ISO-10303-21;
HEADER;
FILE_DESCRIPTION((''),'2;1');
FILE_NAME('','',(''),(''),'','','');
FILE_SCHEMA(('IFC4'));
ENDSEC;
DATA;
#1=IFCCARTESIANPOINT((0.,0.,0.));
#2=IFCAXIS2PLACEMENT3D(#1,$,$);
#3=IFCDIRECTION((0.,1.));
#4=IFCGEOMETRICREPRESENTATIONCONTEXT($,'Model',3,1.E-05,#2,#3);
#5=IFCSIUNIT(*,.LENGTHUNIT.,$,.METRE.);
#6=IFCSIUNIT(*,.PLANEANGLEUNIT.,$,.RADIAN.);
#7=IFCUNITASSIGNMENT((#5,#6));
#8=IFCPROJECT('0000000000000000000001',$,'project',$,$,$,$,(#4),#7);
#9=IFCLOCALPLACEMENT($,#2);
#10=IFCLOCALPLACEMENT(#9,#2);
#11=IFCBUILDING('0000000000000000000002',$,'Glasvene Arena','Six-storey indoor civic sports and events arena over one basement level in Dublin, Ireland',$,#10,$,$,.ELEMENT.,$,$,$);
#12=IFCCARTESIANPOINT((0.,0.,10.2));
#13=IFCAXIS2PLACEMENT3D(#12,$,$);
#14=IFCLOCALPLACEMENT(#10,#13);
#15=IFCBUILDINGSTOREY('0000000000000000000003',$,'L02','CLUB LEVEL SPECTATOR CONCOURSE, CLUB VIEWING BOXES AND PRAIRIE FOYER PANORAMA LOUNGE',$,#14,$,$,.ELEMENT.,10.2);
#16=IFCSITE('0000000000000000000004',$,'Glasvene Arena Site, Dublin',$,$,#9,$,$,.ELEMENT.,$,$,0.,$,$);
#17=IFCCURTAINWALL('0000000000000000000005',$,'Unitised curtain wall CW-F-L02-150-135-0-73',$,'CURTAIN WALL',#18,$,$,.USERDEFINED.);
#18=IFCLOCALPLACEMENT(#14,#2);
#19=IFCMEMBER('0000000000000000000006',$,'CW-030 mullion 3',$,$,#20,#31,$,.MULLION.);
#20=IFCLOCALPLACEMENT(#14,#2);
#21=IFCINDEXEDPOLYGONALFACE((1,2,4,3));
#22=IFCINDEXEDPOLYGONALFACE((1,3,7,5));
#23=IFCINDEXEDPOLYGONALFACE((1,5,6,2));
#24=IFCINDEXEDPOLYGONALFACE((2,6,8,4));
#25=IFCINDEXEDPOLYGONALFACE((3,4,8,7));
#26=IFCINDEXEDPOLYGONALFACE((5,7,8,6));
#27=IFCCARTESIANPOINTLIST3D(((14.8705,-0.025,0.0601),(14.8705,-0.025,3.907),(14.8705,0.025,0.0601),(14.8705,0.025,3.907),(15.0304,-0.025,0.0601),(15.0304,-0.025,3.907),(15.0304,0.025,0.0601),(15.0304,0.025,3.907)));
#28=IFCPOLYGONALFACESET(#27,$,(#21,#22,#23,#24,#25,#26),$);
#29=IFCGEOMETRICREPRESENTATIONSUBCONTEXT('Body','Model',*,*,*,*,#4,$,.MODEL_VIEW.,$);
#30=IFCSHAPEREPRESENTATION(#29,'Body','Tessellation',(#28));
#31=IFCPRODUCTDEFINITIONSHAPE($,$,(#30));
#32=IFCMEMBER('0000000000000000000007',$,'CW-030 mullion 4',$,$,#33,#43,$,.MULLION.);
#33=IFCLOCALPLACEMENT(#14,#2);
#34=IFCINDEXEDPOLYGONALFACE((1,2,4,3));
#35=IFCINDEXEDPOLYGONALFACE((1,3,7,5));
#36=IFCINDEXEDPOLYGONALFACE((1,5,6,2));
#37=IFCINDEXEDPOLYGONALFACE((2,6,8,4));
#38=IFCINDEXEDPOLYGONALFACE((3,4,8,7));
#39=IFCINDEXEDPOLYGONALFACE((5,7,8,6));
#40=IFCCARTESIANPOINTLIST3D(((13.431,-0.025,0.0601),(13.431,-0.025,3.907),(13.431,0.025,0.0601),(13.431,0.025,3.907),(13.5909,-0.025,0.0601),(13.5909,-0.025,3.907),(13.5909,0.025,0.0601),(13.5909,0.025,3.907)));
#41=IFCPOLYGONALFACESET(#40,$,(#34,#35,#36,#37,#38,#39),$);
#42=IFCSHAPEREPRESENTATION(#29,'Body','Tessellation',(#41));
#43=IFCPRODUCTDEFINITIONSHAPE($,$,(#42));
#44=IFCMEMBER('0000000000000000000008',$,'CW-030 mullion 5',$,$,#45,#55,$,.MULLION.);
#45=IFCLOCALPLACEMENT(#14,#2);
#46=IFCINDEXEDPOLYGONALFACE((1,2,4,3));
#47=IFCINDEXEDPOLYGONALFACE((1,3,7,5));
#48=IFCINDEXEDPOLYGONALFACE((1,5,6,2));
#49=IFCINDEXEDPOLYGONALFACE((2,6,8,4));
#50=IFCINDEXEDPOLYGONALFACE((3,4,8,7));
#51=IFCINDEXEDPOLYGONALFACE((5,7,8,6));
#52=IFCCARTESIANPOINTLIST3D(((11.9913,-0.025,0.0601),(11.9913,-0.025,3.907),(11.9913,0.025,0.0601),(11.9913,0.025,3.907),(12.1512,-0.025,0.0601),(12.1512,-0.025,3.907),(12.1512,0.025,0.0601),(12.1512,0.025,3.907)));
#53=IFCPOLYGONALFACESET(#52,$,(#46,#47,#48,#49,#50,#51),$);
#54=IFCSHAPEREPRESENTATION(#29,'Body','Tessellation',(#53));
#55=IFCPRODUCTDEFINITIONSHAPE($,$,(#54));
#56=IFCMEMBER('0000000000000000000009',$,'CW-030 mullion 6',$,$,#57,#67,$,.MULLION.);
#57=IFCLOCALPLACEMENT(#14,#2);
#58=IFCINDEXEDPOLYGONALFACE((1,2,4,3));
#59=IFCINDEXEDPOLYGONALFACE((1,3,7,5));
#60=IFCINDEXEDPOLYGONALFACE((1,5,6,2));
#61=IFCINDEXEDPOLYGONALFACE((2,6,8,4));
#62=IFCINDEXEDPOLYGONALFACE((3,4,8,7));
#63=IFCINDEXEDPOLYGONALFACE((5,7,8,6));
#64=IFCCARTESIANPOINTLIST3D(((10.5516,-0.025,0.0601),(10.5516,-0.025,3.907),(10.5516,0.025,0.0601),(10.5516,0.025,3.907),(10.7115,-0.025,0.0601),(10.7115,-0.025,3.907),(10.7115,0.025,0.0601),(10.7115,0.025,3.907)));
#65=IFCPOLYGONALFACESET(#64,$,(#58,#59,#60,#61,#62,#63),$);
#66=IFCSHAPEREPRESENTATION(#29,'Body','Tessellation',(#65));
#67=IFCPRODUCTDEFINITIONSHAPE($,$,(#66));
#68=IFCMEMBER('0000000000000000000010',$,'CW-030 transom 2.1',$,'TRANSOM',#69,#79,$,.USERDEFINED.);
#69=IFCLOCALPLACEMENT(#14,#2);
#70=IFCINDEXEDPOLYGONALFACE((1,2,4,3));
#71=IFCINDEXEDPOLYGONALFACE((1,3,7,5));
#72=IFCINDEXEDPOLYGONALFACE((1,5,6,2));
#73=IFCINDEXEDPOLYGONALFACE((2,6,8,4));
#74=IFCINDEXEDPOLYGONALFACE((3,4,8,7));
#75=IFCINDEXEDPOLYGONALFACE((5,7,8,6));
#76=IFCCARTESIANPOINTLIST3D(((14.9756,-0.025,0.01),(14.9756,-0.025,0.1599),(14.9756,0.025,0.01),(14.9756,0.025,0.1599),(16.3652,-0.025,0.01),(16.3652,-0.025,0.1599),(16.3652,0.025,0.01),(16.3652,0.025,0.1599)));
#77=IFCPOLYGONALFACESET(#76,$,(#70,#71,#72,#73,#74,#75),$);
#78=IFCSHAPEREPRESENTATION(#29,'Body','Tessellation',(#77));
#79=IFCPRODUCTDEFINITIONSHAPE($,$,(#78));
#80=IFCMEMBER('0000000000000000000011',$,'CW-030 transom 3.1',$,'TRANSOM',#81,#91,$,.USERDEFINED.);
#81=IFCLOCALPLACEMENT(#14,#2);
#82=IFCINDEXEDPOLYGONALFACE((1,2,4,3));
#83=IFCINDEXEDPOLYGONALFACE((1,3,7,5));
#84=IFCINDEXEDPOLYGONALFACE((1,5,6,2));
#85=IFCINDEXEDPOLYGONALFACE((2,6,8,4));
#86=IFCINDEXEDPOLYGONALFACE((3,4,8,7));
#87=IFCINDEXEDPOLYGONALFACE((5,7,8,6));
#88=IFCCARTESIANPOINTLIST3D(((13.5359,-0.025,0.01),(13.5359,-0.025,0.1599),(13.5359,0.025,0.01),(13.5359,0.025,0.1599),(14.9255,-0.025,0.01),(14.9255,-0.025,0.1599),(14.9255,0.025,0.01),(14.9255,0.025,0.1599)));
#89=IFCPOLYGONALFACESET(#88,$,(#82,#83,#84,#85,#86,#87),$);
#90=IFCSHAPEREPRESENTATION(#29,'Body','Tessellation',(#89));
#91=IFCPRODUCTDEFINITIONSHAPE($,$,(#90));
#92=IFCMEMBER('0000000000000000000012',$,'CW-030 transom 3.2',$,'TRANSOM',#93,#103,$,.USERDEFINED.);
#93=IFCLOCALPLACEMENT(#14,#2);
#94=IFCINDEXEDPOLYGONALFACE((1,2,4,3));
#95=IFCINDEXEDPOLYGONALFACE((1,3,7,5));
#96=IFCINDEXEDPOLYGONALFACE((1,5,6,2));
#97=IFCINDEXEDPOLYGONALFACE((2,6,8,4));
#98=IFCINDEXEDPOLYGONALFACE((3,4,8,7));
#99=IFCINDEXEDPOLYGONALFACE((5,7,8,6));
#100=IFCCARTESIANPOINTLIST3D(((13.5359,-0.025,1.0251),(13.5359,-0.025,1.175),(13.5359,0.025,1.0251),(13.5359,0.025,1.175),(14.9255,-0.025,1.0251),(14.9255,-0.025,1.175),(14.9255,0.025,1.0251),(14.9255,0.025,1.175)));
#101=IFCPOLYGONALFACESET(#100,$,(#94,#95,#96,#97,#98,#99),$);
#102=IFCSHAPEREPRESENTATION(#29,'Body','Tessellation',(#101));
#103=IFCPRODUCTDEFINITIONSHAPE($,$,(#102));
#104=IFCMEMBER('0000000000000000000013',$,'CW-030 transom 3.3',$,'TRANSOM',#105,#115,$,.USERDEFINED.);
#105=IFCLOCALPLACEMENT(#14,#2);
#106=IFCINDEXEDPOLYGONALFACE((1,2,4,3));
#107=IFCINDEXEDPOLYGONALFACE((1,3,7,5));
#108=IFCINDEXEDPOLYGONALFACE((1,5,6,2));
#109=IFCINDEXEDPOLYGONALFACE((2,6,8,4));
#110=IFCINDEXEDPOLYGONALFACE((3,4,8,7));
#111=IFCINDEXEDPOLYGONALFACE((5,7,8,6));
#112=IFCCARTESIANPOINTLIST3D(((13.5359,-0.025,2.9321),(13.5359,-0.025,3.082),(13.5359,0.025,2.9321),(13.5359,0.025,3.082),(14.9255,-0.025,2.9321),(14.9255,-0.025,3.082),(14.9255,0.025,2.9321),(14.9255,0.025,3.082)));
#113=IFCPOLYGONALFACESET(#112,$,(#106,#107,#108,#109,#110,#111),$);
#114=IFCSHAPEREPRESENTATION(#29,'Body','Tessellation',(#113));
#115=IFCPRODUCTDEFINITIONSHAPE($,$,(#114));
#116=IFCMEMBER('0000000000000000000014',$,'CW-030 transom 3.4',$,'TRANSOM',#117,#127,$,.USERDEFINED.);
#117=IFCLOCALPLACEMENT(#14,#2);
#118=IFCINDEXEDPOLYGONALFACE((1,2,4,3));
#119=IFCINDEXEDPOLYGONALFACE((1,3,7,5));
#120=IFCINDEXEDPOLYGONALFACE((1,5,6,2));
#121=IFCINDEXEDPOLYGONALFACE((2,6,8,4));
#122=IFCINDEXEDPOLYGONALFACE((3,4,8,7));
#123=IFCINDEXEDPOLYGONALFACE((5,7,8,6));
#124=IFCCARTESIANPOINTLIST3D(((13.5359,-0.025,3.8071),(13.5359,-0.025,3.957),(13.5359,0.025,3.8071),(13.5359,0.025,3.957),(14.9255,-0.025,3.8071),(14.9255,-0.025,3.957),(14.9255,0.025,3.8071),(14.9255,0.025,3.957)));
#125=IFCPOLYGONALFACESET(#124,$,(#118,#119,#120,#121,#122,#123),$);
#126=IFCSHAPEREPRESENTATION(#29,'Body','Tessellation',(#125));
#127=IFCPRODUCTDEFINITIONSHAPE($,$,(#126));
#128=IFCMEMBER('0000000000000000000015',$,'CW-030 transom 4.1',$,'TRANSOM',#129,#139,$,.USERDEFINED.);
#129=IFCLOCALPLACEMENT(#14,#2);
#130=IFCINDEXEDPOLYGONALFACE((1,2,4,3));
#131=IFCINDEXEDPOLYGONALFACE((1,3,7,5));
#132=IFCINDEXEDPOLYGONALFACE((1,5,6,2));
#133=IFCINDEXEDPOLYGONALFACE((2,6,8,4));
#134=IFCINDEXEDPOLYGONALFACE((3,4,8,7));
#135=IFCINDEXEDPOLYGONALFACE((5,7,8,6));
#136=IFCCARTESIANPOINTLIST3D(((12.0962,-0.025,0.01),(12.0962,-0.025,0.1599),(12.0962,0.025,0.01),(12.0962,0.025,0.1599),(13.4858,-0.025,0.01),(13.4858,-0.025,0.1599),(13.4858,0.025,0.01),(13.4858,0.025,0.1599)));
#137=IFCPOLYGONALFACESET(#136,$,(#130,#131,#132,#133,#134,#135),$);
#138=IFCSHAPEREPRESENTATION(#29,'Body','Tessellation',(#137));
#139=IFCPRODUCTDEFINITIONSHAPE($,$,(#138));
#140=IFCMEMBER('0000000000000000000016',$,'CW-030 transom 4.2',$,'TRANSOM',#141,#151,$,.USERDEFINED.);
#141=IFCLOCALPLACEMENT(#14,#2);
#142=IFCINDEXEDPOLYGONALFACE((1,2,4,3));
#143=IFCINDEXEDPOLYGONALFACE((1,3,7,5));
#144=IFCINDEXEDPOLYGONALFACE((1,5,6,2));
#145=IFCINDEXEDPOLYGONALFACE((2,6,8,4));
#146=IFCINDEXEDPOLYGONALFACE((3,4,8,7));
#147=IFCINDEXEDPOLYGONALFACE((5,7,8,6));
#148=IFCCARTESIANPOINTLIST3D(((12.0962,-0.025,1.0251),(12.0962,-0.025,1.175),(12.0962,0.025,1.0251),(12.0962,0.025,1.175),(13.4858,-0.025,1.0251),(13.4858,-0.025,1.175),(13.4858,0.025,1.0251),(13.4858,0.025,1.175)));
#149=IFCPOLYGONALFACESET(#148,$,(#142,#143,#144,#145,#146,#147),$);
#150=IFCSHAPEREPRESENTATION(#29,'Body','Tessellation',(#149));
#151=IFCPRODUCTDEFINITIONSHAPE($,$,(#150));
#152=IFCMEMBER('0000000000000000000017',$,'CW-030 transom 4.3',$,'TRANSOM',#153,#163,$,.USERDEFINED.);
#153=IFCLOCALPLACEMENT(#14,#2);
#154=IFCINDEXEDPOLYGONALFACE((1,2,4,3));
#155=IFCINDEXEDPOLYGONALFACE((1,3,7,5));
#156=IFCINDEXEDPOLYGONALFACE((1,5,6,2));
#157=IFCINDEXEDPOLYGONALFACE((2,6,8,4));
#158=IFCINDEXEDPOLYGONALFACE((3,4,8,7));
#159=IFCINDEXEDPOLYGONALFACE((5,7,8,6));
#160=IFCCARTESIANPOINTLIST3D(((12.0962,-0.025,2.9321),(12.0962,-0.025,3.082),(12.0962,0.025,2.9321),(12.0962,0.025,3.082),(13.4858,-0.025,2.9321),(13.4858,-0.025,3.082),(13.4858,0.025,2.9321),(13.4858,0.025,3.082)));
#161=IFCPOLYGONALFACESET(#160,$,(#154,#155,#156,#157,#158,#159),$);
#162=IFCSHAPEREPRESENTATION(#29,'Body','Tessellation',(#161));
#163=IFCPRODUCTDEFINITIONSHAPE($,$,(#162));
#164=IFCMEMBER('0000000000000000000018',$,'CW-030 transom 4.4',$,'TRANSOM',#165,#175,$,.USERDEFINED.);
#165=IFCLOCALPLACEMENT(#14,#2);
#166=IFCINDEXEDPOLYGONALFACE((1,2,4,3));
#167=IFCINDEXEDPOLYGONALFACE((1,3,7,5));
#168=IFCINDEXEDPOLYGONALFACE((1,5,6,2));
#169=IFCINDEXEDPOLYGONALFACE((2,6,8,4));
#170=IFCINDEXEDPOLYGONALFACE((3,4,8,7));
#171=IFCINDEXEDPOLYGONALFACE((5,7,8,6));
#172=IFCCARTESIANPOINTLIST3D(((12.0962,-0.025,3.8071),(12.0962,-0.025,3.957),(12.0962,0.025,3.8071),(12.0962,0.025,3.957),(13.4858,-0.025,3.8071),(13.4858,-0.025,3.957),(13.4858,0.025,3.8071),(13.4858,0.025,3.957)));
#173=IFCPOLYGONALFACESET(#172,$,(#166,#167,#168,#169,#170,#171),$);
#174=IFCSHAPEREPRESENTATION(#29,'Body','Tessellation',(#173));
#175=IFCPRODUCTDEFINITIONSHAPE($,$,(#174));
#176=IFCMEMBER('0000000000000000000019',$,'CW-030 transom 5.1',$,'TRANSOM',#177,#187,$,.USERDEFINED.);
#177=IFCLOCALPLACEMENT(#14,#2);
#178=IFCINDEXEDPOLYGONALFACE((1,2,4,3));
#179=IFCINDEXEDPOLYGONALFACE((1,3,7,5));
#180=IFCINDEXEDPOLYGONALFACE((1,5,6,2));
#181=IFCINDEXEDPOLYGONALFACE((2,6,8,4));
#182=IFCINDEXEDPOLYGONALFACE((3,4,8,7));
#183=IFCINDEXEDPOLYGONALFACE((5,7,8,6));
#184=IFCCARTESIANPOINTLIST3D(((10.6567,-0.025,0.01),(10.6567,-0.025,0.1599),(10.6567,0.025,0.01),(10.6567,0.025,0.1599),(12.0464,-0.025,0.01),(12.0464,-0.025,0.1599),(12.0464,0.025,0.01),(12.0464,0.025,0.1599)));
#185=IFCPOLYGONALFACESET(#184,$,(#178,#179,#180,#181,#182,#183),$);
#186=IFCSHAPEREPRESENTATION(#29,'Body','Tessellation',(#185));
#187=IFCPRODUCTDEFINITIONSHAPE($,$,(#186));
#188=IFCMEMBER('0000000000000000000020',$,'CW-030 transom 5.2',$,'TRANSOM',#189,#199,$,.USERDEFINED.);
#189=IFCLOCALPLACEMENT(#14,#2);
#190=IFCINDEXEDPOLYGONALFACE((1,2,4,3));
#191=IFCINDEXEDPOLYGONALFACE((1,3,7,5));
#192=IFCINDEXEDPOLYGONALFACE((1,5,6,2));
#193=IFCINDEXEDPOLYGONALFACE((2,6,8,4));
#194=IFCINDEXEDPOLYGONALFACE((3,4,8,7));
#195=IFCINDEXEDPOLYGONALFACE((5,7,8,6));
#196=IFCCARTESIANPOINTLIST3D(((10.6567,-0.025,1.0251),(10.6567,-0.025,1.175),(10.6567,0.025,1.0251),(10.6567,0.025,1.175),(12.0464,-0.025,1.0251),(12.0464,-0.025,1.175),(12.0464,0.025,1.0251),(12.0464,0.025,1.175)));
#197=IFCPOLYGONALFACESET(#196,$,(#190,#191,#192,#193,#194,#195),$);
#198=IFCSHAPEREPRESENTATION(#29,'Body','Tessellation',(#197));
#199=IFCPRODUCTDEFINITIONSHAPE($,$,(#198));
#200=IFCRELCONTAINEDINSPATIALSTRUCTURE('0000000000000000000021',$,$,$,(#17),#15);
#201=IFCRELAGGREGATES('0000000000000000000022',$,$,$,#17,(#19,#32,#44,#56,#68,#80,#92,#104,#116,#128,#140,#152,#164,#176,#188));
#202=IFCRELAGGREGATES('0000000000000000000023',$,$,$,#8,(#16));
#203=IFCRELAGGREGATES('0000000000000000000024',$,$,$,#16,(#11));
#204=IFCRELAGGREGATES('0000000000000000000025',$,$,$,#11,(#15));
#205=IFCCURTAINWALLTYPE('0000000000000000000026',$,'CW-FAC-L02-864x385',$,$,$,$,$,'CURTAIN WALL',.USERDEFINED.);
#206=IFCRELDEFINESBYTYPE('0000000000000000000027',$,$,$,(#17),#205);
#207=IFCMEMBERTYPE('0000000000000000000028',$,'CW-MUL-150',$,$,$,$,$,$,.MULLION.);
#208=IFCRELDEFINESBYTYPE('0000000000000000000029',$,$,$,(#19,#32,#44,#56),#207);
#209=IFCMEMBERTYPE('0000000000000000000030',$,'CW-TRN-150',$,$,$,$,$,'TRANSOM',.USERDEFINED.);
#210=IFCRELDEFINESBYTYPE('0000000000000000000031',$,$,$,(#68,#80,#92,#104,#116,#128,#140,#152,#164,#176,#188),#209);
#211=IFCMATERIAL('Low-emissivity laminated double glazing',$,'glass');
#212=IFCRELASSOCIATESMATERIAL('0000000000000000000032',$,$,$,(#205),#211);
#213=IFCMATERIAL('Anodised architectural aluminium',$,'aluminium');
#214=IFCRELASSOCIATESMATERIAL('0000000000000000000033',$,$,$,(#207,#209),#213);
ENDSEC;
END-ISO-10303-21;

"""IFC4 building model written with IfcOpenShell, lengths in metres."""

from ifc_helpers import new_model, si_unit, direction, frame, origin, origin_2d, place, context, subcontext, project, spatial, rectangle, extrude, material, material_profile, profile_set, type_object, element, aggregate, save


model = new_model("IFC4")

# Units and contexts
model_context = context("Model", 3, precision=1e-05, world=origin(), true_north=direction((0.0, 1.0)))
body_context = subcontext(model_context, "Body", "Model", "MODEL_VIEW")
ifc_project = project(units=[si_unit("LENGTHUNIT", "METRE"), si_unit("PLANEANGLEUNIT", "RADIAN")], contexts=[model_context])

# Site, building, storey
site_placement = place(None, origin())
site = spatial("IfcSite", under=ifc_project, at=site_placement, Name="Glasvene Arena Site, Dublin", CompositionType="ELEMENT", RefElevation=0.0)
building_placement = place(site_placement, origin())
building = spatial("IfcBuilding", under=site, at=building_placement, Name="Glasvene Arena", Description="Six-storey indoor civic sports and events arena over one basement level in Dublin, Ireland", CompositionType="ELEMENT")
storey_placement = place(building_placement, frame((0.0, 0.0, 10.2)))
storey = spatial("IfcBuildingStorey", under=building, at=storey_placement, Name="L02", Description="CLUB LEVEL SPECTATOR CONCOURSE, CLUB VIEWING BOXES AND PRAIRIE FOYER PANORAMA LOUNGE", CompositionType="ELEMENT", Elevation=10.2)

# Curtain wall, members
ifc_material_1 = material(Name="Low-emissivity laminated double glazing", Category="glass")
curtain_wall_type = type_object("IfcCurtainWallType", Name="CW-FAC-L02-864x385", ElementType="CURTAIN WALL", PredefinedType="USERDEFINED", material=ifc_material_1)
curtain_wall_placement = place(storey_placement, frame((17.8298, 0.0, 0.0)))
curtain_wall = element("IfcCurtainWall", 1, at=curtain_wall_placement, inside=storey, type_object=curtain_wall_type, Name="Unitised curtain wall CW-F-L02-150-135-0-73", ObjectType="CURTAIN WALL", PredefinedType="USERDEFINED")
ifc_material_2 = material(Name="Anodised architectural aluminium", Category="aluminium")
ifc_material_profile_1 = material_profile(ifc_material_2, rectangle(XDim=0.05, YDim=0.1599, at=origin_2d()), Name="ALU MULLION 50x160")
ifc_profile_set_1 = profile_set([ifc_material_profile_1], Name="Anodised architectural aluminium")
member_type_1 = type_object("IfcMemberType", Name="CW-MUL-150", PredefinedType="MULLION", material=ifc_profile_set_1)
member_1_placement = place(storey_placement, frame((14.9504, 0.0, 0.0601), z_axis=(0.0, 0.0, 1.0), x_axis=(0.0, -1.0, 0.0)))
member_1 = element("IfcMember", 2, at=member_1_placement, type_object=member_type_1, Name="CW-030 mullion 3", PredefinedType="MULLION", context=body_context, shape_type="SweptSolid", body=[
    extrude(rectangle(XDim=0.05, YDim=0.1599, at=origin_2d()), origin(), (0.0, 0.0, 1.0), 3.8469),
])
member_2_placement = place(storey_placement, frame((13.511, 0.0, 0.0601), z_axis=(0.0, 0.0, 1.0), x_axis=(0.0, -1.0, 0.0)))
member_2 = element("IfcMember", 3, at=member_2_placement, type_object=member_type_1, Name="CW-030 mullion 4", PredefinedType="MULLION", context=body_context, shape_type="SweptSolid", body=[
    extrude(rectangle(XDim=0.05, YDim=0.1599, at=origin_2d()), origin(), (0.0, 0.0, 1.0), 3.8469),
])
member_3_placement = place(storey_placement, frame((12.0713, 0.0, 0.0601), z_axis=(0.0, 0.0, 1.0), x_axis=(0.0, -1.0, 0.0)))
member_3 = element("IfcMember", 4, at=member_3_placement, type_object=member_type_1, Name="CW-030 mullion 5", PredefinedType="MULLION", context=body_context, shape_type="SweptSolid", body=[
    extrude(rectangle(XDim=0.05, YDim=0.1599, at=origin_2d()), origin(), (0.0, 0.0, 1.0), 3.8469),
])
member_4_placement = place(storey_placement, frame((10.6316, 0.0, 0.0601), z_axis=(0.0, 0.0, 1.0), x_axis=(0.0, -1.0, 0.0)))
member_4 = element("IfcMember", 5, at=member_4_placement, type_object=member_type_1, Name="CW-030 mullion 6", PredefinedType="MULLION", context=body_context, shape_type="SweptSolid", body=[
    extrude(rectangle(XDim=0.05, YDim=0.1599, at=origin_2d()), origin(), (0.0, 0.0, 1.0), 3.8469),
])
ifc_material_profile_2 = material_profile(ifc_material_2, rectangle(XDim=0.05, YDim=0.1499, at=origin_2d()), Name="ALU TRANSOM 50x150")
ifc_profile_set_2 = profile_set([ifc_material_profile_2], Name="Anodised architectural aluminium")
member_type_2 = type_object("IfcMemberType", Name="CW-TRN-150", ElementType="TRANSOM", PredefinedType="USERDEFINED", material=ifc_profile_set_2)
member_5_placement = place(storey_placement, frame((16.3652, 0.0, 0.085), z_axis=(-1.0, 0.0, 0.0), x_axis=(0.0, -1.0, 0.0)))
member_5 = element("IfcMember", 6, at=member_5_placement, type_object=member_type_2, Name="CW-030 transom 2.1", ObjectType="TRANSOM", PredefinedType="USERDEFINED", context=body_context, shape_type="SweptSolid", body=[
    extrude(rectangle(XDim=0.05, YDim=0.1499, at=origin_2d()), origin(), (0.0, 0.0, 1.0), 1.3896),
])
member_6_placement = place(storey_placement, frame((14.9255, 0.0, 0.085), z_axis=(-1.0, 0.0, 0.0), x_axis=(0.0, -1.0, 0.0)))
member_6 = element("IfcMember", 7, at=member_6_placement, type_object=member_type_2, Name="CW-030 transom 3.1", ObjectType="TRANSOM", PredefinedType="USERDEFINED", context=body_context, shape_type="SweptSolid", body=[
    extrude(rectangle(XDim=0.05, YDim=0.1499, at=origin_2d()), origin(), (0.0, 0.0, 1.0), 1.3896),
])
member_7_placement = place(storey_placement, frame((14.9255, 0.0, 1.1001), z_axis=(-1.0, 0.0, 0.0), x_axis=(0.0, -1.0, 0.0)))
member_7 = element("IfcMember", 8, at=member_7_placement, type_object=member_type_2, Name="CW-030 transom 3.2", ObjectType="TRANSOM", PredefinedType="USERDEFINED", context=body_context, shape_type="SweptSolid", body=[
    extrude(rectangle(XDim=0.05, YDim=0.1499, at=origin_2d()), origin(), (0.0, 0.0, 1.0), 1.3896),
])
member_8_placement = place(storey_placement, frame((14.9255, 0.0, 3.0071), z_axis=(-1.0, 0.0, 0.0), x_axis=(0.0, -1.0, 0.0)))
member_8 = element("IfcMember", 9, at=member_8_placement, type_object=member_type_2, Name="CW-030 transom 3.3", ObjectType="TRANSOM", PredefinedType="USERDEFINED", context=body_context, shape_type="SweptSolid", body=[
    extrude(rectangle(XDim=0.05, YDim=0.1499, at=origin_2d()), origin(), (0.0, 0.0, 1.0), 1.3896),
])
member_9_placement = place(storey_placement, frame((14.9255, 0.0, 3.8821), z_axis=(-1.0, 0.0, 0.0), x_axis=(0.0, -1.0, 0.0)))
member_9 = element("IfcMember", 10, at=member_9_placement, type_object=member_type_2, Name="CW-030 transom 3.4", ObjectType="TRANSOM", PredefinedType="USERDEFINED", context=body_context, shape_type="SweptSolid", body=[
    extrude(rectangle(XDim=0.05, YDim=0.1499, at=origin_2d()), origin(), (0.0, 0.0, 1.0), 1.3896),
])
member_10_placement = place(storey_placement, frame((13.4858, 0.0, 0.085), z_axis=(-1.0, 0.0, 0.0), x_axis=(0.0, -1.0, 0.0)))
member_10 = element("IfcMember", 11, at=member_10_placement, type_object=member_type_2, Name="CW-030 transom 4.1", ObjectType="TRANSOM", PredefinedType="USERDEFINED", context=body_context, shape_type="SweptSolid", body=[
    extrude(rectangle(XDim=0.05, YDim=0.1499, at=origin_2d()), origin(), (0.0, 0.0, 1.0), 1.3896),
])
member_11_placement = place(storey_placement, frame((13.4858, 0.0, 1.1001), z_axis=(-1.0, 0.0, 0.0), x_axis=(0.0, -1.0, 0.0)))
member_11 = element("IfcMember", 12, at=member_11_placement, type_object=member_type_2, Name="CW-030 transom 4.2", ObjectType="TRANSOM", PredefinedType="USERDEFINED", context=body_context, shape_type="SweptSolid", body=[
    extrude(rectangle(XDim=0.05, YDim=0.1499, at=origin_2d()), origin(), (0.0, 0.0, 1.0), 1.3896),
])
member_12_placement = place(storey_placement, frame((13.4858, 0.0, 3.0071), z_axis=(-1.0, 0.0, 0.0), x_axis=(0.0, -1.0, 0.0)))
member_12 = element("IfcMember", 13, at=member_12_placement, type_object=member_type_2, Name="CW-030 transom 4.3", ObjectType="TRANSOM", PredefinedType="USERDEFINED", context=body_context, shape_type="SweptSolid", body=[
    extrude(rectangle(XDim=0.05, YDim=0.1499, at=origin_2d()), origin(), (0.0, 0.0, 1.0), 1.3896),
])
member_13_placement = place(storey_placement, frame((13.4858, 0.0, 3.8821), z_axis=(-1.0, 0.0, 0.0), x_axis=(0.0, -1.0, 0.0)))
member_13 = element("IfcMember", 14, at=member_13_placement, type_object=member_type_2, Name="CW-030 transom 4.4", ObjectType="TRANSOM", PredefinedType="USERDEFINED", context=body_context, shape_type="SweptSolid", body=[
    extrude(rectangle(XDim=0.05, YDim=0.1499, at=origin_2d()), origin(), (0.0, 0.0, 1.0), 1.3896),
])
member_14_placement = place(storey_placement, frame((12.0464, 0.0, 0.085), z_axis=(-1.0, 0.0, 0.0), x_axis=(0.0, -1.0, 0.0)))
member_14 = element("IfcMember", 15, at=member_14_placement, type_object=member_type_2, Name="CW-030 transom 5.1", ObjectType="TRANSOM", PredefinedType="USERDEFINED", context=body_context, shape_type="SweptSolid", body=[
    extrude(rectangle(XDim=0.05, YDim=0.1499, at=origin_2d()), origin(), (0.0, 0.0, 1.0), 1.3896),
])
member_15_placement = place(storey_placement, frame((12.0464, 0.0, 1.1001), z_axis=(-1.0, 0.0, 0.0), x_axis=(0.0, -1.0, 0.0)))
member_15 = element("IfcMember", 16, at=member_15_placement, type_object=member_type_2, Name="CW-030 transom 5.2", ObjectType="TRANSOM", PredefinedType="USERDEFINED", context=body_context, shape_type="SweptSolid", body=[
    extrude(rectangle(XDim=0.05, YDim=0.1499, at=origin_2d()), origin(), (0.0, 0.0, 1.0), 1.3896),
])
aggregate(curtain_wall, [member_1, member_2, member_3, member_4, member_5, member_6, member_7, member_8, member_9, member_10, member_11, member_12, member_13, member_14, member_15])

save(model, "model.ifc")
